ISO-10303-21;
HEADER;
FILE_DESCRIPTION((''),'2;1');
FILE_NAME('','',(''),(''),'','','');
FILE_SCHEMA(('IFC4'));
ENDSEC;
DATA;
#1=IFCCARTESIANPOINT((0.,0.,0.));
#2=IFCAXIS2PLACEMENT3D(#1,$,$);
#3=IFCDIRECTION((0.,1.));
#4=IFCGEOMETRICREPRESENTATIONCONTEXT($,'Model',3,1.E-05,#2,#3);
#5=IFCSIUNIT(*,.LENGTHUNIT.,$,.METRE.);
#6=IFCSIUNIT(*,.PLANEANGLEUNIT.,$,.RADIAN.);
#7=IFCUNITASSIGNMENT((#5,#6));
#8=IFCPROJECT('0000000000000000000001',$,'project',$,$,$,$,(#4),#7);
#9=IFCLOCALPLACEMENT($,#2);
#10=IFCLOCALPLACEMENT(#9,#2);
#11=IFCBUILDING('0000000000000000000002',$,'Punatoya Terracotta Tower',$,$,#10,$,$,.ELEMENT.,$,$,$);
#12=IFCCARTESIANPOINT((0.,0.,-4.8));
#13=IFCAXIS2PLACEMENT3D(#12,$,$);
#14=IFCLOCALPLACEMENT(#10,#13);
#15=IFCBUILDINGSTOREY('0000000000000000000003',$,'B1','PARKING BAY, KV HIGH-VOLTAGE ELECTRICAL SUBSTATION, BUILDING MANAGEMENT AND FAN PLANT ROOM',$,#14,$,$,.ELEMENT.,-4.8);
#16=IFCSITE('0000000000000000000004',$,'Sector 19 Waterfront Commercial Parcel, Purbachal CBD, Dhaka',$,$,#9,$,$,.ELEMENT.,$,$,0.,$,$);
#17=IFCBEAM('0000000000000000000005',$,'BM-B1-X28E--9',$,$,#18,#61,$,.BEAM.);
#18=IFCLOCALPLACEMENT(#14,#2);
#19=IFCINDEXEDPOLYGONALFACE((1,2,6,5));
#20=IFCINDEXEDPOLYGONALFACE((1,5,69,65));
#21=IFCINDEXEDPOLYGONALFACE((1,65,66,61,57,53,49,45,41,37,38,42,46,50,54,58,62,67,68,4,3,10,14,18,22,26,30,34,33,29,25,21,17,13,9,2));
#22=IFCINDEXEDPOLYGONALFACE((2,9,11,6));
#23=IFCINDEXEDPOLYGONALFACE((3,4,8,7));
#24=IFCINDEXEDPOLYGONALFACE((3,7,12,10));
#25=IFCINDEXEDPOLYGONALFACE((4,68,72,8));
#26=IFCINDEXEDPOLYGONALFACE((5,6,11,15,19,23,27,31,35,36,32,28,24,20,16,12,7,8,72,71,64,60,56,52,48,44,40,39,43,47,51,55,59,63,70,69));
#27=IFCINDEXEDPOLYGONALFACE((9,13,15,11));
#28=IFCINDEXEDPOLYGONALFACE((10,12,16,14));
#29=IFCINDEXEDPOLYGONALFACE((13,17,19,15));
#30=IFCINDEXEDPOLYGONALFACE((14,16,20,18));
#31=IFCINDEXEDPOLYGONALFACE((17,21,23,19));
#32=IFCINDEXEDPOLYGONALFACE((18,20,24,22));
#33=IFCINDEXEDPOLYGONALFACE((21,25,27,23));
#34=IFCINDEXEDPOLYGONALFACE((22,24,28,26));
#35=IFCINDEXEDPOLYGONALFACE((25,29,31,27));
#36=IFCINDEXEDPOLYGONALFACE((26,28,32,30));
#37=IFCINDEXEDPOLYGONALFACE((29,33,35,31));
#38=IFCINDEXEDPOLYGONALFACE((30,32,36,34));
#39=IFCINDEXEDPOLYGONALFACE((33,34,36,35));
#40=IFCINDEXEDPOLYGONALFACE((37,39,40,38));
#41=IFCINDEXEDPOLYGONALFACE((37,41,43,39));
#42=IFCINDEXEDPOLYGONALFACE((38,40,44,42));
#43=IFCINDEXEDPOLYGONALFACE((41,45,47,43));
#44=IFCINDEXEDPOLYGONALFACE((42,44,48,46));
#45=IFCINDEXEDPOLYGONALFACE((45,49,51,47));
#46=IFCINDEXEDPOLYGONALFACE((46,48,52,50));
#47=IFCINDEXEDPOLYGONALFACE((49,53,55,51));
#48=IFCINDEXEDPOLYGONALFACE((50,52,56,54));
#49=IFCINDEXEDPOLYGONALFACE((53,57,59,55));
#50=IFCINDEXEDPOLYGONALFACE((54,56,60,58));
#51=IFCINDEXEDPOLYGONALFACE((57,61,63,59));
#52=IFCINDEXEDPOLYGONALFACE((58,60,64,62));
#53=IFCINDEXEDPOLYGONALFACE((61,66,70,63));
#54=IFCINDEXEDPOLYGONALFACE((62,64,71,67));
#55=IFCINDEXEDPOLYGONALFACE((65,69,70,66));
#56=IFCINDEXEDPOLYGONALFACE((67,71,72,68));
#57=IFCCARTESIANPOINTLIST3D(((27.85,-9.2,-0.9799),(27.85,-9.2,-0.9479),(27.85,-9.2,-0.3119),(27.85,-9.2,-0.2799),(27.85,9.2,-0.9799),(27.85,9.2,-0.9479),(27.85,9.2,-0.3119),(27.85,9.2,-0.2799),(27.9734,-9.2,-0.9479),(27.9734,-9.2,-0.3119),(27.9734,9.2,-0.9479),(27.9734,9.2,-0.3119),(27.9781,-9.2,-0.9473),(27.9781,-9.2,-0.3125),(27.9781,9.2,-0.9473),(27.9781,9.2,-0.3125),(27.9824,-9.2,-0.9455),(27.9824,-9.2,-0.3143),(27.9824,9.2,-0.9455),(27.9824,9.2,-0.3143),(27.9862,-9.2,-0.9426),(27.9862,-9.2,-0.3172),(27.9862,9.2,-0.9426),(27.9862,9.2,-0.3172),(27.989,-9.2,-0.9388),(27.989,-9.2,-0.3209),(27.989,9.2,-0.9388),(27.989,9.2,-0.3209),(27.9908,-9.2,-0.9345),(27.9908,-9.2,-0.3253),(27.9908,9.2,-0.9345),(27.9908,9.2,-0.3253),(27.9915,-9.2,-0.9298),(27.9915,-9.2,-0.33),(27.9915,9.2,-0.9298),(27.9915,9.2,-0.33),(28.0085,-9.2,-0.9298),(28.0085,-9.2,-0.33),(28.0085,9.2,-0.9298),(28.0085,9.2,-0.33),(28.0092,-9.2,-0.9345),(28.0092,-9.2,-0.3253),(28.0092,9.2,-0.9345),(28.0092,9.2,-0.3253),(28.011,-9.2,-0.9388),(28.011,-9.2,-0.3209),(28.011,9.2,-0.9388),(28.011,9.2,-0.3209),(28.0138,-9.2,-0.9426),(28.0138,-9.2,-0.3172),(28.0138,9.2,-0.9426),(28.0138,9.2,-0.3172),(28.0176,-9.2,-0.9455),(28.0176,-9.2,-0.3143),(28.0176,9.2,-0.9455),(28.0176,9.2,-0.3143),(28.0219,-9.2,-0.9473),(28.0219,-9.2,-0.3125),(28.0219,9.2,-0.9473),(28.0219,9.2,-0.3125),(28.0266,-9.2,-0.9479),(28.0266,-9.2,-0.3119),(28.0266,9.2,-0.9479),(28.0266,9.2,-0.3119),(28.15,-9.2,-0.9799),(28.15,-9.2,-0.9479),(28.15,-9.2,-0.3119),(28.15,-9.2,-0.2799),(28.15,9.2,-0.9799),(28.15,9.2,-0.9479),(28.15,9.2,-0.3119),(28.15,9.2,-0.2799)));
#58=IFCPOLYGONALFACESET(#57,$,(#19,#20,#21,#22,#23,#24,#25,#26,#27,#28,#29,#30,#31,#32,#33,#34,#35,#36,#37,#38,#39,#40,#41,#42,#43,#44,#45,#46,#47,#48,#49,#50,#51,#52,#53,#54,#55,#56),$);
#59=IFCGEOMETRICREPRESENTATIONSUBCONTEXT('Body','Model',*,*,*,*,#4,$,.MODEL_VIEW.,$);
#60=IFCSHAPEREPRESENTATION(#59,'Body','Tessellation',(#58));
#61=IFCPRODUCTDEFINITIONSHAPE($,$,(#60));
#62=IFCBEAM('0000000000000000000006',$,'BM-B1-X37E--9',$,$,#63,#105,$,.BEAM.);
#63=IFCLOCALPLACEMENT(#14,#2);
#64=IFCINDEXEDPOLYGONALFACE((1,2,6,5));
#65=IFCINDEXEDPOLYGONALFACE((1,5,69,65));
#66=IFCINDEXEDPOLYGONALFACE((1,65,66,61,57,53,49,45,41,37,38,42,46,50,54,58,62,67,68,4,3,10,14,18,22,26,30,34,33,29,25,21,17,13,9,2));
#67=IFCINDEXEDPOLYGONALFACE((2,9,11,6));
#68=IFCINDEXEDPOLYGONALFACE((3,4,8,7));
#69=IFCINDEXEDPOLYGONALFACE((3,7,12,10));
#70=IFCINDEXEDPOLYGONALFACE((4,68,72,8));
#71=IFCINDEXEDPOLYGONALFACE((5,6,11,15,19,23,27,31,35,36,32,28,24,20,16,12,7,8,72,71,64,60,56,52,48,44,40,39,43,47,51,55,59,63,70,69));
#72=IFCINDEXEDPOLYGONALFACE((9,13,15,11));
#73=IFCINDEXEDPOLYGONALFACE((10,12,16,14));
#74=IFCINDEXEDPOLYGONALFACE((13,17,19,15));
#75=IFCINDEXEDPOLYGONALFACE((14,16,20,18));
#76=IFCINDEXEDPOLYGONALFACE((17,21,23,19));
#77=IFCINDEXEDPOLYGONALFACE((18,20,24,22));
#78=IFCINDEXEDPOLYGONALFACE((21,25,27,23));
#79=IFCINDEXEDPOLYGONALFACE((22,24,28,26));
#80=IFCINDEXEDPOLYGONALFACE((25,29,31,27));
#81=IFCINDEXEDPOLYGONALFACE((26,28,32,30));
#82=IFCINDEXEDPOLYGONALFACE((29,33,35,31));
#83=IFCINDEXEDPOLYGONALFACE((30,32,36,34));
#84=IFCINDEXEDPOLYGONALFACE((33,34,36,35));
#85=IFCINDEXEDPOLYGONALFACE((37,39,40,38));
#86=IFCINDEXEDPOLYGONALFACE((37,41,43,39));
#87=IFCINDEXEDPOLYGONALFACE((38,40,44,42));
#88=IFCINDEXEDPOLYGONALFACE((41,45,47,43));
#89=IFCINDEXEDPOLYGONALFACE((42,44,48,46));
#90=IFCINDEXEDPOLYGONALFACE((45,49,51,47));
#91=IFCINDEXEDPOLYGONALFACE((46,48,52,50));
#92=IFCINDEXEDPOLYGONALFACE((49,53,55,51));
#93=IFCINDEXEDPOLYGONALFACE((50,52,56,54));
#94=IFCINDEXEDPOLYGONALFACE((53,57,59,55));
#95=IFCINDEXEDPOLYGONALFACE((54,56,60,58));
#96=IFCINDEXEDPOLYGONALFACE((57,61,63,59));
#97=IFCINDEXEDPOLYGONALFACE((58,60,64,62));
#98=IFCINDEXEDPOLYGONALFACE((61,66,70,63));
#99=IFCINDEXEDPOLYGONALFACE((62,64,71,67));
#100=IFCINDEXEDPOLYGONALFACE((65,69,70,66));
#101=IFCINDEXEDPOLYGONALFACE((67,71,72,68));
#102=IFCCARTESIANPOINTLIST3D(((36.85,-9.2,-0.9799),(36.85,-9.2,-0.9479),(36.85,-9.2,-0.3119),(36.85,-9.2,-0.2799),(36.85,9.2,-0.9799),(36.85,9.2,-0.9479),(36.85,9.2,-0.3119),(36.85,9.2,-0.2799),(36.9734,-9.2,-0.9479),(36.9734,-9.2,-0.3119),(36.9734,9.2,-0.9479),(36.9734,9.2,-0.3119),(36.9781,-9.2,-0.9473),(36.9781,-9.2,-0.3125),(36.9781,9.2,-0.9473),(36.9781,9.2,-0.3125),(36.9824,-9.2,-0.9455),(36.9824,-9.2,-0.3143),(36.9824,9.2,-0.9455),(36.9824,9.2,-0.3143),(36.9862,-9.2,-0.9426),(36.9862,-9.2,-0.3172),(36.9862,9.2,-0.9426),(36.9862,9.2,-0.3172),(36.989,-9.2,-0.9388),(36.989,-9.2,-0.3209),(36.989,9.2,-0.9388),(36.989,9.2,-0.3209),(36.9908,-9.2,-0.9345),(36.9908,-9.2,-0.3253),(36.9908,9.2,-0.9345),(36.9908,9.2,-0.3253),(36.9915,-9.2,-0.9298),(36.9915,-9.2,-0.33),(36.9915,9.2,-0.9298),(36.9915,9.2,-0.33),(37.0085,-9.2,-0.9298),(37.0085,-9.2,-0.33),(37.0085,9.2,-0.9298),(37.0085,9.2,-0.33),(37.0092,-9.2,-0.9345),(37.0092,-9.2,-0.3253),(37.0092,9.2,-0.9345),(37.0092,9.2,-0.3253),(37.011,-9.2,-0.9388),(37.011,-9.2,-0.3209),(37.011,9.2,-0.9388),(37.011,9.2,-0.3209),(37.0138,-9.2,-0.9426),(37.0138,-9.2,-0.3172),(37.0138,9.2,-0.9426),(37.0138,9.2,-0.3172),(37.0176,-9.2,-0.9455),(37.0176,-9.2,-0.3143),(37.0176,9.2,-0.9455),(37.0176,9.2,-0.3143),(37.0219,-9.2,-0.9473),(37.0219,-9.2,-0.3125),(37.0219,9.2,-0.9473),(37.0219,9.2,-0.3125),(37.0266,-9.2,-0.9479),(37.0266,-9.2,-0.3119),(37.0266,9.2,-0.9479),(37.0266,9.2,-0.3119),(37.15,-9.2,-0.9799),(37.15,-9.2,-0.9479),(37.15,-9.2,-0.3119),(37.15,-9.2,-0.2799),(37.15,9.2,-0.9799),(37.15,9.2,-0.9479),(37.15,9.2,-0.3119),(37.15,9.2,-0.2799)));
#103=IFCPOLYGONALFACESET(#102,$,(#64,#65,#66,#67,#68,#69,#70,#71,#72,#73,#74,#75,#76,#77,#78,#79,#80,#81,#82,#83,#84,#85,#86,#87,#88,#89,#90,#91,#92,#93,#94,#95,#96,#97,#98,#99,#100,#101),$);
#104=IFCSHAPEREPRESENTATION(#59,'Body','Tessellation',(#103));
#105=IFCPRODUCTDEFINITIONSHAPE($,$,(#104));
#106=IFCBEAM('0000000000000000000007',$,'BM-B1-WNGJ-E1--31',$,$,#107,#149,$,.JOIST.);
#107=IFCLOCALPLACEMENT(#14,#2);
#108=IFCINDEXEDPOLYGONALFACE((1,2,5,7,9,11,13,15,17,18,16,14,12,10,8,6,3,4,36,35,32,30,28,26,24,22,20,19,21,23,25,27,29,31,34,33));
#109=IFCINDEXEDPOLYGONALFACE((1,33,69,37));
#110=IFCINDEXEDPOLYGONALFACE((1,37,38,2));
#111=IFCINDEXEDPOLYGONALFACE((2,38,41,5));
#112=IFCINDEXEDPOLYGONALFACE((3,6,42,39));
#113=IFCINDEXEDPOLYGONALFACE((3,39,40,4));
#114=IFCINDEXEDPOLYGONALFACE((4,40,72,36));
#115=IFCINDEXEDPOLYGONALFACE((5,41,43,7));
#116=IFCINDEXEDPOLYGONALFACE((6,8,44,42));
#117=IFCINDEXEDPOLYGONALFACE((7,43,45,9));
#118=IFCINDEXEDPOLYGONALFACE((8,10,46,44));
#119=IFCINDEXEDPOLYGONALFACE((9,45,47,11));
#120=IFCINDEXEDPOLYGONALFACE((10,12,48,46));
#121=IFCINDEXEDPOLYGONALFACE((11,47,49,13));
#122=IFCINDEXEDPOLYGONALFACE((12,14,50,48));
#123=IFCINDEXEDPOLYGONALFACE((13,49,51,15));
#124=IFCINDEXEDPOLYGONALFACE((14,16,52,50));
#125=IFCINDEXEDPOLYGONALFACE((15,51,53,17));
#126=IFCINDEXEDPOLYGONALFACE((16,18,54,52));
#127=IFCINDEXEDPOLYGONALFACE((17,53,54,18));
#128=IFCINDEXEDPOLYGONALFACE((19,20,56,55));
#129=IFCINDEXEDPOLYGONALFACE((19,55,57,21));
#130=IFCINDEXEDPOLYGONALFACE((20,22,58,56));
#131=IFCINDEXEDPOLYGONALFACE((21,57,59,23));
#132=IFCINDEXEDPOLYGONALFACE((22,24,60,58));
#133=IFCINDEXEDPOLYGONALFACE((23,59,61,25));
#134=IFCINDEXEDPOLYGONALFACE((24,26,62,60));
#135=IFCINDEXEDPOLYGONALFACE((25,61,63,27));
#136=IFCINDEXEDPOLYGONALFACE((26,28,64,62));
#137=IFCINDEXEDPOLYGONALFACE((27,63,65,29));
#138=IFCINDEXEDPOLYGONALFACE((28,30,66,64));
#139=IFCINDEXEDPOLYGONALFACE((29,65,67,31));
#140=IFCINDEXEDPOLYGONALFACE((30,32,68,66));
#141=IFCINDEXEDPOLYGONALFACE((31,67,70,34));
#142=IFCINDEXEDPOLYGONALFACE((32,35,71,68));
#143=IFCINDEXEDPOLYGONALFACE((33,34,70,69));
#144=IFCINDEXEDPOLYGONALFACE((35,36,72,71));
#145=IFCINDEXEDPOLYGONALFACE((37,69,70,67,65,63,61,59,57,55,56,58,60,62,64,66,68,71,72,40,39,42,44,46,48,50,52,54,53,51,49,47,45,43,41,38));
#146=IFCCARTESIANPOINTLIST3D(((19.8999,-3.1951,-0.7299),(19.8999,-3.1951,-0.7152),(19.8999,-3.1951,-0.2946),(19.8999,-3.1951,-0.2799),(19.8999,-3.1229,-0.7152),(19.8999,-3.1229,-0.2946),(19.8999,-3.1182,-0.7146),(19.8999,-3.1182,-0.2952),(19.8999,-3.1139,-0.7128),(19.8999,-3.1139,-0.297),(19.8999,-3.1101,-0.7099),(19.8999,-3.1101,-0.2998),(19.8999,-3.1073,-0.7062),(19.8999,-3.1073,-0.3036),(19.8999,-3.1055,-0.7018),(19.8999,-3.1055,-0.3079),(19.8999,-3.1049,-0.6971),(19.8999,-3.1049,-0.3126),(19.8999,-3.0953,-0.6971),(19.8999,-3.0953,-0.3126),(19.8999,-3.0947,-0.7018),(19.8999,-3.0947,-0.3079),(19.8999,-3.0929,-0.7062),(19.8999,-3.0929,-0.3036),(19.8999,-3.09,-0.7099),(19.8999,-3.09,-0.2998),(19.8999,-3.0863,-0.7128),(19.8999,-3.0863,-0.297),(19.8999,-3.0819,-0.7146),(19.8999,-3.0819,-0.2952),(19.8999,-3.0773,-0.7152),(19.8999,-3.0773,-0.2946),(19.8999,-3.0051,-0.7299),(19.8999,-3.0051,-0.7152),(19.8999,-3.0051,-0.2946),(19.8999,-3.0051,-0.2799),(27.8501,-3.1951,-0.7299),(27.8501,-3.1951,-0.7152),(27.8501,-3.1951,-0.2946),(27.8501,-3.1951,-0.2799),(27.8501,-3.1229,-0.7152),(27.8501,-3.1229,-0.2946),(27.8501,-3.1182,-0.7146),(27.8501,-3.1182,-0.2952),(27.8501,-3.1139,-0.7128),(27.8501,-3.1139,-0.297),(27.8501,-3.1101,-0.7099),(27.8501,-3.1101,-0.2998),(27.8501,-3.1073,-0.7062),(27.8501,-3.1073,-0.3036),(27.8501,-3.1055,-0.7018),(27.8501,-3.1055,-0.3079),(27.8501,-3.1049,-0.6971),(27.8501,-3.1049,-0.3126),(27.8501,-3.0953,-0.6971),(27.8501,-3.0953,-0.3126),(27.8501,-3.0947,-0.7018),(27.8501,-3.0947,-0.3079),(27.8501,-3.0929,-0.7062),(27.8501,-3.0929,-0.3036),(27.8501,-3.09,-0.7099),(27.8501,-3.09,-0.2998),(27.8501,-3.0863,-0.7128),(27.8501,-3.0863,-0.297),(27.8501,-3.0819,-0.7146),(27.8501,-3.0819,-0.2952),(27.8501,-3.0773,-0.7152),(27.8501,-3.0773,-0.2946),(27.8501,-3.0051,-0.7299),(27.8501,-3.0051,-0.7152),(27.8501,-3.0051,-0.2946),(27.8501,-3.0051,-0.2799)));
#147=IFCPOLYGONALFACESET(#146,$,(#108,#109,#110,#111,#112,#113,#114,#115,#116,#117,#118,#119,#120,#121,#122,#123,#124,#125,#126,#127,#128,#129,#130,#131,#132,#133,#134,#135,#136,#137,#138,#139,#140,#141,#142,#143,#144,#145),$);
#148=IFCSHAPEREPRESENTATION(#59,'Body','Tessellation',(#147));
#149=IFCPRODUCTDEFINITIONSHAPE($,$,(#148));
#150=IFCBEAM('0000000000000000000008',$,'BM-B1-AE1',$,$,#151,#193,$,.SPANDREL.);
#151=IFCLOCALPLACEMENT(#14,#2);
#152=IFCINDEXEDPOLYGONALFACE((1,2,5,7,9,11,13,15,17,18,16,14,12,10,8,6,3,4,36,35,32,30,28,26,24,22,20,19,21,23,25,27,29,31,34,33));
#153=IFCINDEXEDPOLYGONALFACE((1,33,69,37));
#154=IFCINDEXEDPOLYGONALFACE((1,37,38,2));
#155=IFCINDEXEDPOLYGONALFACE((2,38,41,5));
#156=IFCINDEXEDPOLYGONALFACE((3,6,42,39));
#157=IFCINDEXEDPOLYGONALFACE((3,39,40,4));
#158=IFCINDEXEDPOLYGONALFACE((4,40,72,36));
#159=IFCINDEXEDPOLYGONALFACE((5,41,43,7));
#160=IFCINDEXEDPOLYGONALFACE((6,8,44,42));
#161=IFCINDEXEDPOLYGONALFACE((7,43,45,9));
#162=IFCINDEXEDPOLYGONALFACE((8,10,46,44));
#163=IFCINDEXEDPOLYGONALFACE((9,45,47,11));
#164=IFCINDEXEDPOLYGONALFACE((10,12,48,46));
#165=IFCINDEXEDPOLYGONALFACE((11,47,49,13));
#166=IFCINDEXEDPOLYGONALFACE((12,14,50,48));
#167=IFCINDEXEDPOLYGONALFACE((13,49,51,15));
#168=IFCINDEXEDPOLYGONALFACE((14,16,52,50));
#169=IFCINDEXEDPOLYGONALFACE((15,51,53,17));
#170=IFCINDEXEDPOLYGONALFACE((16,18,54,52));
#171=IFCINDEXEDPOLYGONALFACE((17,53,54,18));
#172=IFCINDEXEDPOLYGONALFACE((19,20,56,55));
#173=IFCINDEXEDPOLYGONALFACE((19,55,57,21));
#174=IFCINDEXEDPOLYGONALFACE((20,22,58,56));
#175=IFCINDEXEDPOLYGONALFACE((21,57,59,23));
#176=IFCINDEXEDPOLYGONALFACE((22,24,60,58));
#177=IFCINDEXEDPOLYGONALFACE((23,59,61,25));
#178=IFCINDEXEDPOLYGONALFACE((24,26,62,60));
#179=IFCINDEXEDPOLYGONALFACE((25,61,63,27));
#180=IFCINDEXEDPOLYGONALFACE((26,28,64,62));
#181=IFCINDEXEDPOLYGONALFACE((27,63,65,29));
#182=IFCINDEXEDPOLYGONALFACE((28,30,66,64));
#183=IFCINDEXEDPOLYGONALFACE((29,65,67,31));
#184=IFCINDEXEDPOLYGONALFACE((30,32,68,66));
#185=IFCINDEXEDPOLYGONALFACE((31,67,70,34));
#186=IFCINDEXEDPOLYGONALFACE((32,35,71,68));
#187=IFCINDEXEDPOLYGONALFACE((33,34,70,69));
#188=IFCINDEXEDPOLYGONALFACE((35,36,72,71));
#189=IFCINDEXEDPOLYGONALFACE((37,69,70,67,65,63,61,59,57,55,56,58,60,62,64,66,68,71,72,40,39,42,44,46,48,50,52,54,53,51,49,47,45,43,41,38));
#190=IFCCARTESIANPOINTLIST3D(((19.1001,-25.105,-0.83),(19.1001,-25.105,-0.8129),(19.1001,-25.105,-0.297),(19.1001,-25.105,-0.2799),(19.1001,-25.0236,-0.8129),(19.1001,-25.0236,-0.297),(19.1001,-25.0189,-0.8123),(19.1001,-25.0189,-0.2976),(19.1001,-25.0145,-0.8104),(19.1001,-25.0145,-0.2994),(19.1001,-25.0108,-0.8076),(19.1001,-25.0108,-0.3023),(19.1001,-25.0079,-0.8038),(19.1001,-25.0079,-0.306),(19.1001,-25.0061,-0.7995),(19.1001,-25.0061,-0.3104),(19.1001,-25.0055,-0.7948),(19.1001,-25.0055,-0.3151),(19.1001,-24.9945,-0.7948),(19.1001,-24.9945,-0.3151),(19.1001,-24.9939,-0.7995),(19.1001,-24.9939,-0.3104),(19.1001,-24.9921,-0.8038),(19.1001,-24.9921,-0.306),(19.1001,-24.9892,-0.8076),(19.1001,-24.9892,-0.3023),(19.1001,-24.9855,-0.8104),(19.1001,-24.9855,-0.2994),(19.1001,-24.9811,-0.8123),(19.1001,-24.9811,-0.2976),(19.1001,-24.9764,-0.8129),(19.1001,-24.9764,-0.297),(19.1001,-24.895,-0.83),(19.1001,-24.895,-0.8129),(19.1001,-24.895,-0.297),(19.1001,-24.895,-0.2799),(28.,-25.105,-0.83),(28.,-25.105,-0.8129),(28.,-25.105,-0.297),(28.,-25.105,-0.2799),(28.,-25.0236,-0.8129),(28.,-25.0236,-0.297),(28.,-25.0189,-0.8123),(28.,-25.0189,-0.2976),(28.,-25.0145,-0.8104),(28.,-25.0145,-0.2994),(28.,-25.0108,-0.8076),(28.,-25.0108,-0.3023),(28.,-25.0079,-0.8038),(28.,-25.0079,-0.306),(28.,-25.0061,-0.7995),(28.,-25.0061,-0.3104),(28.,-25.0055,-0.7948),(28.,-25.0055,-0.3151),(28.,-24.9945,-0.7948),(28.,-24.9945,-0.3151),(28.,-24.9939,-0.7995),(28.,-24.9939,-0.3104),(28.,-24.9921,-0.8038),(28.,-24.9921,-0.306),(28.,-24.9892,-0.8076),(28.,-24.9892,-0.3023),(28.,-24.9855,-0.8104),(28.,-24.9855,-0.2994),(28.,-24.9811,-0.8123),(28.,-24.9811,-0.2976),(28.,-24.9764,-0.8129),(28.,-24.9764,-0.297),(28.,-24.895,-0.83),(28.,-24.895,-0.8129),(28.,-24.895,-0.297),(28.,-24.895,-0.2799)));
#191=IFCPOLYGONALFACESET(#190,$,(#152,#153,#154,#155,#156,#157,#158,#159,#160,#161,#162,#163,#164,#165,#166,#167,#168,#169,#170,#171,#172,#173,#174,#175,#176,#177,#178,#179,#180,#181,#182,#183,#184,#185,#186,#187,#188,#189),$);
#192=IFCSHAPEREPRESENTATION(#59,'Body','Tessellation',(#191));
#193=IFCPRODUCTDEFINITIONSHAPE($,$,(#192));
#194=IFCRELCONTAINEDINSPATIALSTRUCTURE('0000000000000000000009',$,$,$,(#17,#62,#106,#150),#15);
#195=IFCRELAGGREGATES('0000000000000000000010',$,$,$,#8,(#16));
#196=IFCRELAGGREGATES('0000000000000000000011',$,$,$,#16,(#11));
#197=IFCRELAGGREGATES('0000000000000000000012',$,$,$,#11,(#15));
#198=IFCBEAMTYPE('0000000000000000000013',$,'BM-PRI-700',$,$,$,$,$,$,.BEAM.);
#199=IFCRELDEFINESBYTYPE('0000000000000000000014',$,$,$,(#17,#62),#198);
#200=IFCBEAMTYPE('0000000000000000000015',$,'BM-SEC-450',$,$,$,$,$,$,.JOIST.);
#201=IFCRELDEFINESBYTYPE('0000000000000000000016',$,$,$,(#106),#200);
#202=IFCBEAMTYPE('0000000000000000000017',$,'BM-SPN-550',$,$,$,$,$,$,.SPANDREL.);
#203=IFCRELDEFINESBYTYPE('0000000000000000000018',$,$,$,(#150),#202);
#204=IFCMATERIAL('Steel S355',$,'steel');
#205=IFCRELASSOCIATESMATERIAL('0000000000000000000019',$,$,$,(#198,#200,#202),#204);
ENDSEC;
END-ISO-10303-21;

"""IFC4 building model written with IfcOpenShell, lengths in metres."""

from ifc_helpers import new_model, si_unit, direction, frame, origin, origin_2d, place, context, subcontext, project, spatial, i_section, extrude, material, material_profile, profile_set, type_object, element, save


model = new_model("IFC4")

# Units and contexts
model_context = context("Model", 3, precision=1e-05, world=origin(), true_north=direction((0.0, 1.0)))
body_context = subcontext(model_context, "Body", "Model", "MODEL_VIEW")
ifc_project = project(units=[si_unit("LENGTHUNIT", "METRE"), si_unit("PLANEANGLEUNIT", "RADIAN")], contexts=[model_context])

# Site, building, storey
site_placement = place(None, origin())
site = spatial("IfcSite", under=ifc_project, at=site_placement, Name="Sector 19 Waterfront Commercial Parcel, Purbachal CBD, Dhaka", CompositionType="ELEMENT", RefElevation=0.0)
building_placement = place(site_placement, origin())
building = spatial("IfcBuilding", under=site, at=building_placement, Name="Punatoya Terracotta Tower", CompositionType="ELEMENT")
storey_placement = place(building_placement, frame((0.0, 0.0, -4.8)))
storey = spatial("IfcBuildingStorey", under=building, at=storey_placement, Name="B1", Description="PARKING BAY, KV HIGH-VOLTAGE ELECTRICAL SUBSTATION, BUILDING MANAGEMENT AND FAN PLANT ROOM", CompositionType="ELEMENT", Elevation=-4.8)

# Beams
ifc_material_1 = material(Name="Steel S355", Category="steel")
ifc_material_profile_1 = material_profile(ifc_material_1, i_section(OverallWidth=0.3, OverallDepth=0.7, WebThickness=0.0171, FlangeThickness=0.032, FilletRadius=0.0181, at=origin_2d()))
ifc_profile_set_1 = profile_set([ifc_material_profile_1], Name="Steel S355")
beam_type_1 = type_object("IfcBeamType", Name="BM-PRI-700", PredefinedType="BEAM", material=ifc_profile_set_1)
for number, where, z_axis, x_axis, name in (
    (1, (28.0, -9.2, -0.6299), (0.0, 1.0, 0.0), (-1.0, 0.0, 0.0), "BM-B1-X28E--9"),
    (2, (37.0, -9.2, -0.6299), (0.0, 1.0, 0.0), (-1.0, 0.0, 0.0), "BM-B1-X37E--9"),
):
    element("IfcBeam", number, at=place(storey_placement, frame(where, z_axis=z_axis, x_axis=x_axis)), inside=storey, type_object=beam_type_1, Name=name, PredefinedType="BEAM", context=body_context, shape_type="SweptSolid", body=[
        extrude(i_section(OverallWidth=0.3, OverallDepth=0.7, WebThickness=0.0171, FlangeThickness=0.032, FilletRadius=0.0181, at=origin_2d()), origin(), (0.0, 0.0, 1.0), 18.3999),
    ])
ifc_material_profile_2 = material_profile(ifc_material_1, i_section(OverallWidth=0.1899, OverallDepth=0.45, WebThickness=0.0095, FlangeThickness=0.0146, FilletRadius=0.0181, at=origin_2d()))
ifc_profile_set_2 = profile_set([ifc_material_profile_2], Name="Steel S355")
beam_type_2 = type_object("IfcBeamType", Name="BM-SEC-450", PredefinedType="JOIST", material=ifc_profile_set_2)
beam_1_placement = place(storey_placement, frame((19.8999, -3.1001, -0.5049), z_axis=(1.0, 0.0, 0.0), x_axis=(0.0, 1.0, 0.0)))
element("IfcBeam", 3, at=beam_1_placement, inside=storey, type_object=beam_type_2, Name="BM-B1-WNGJ-E1--31", PredefinedType="JOIST", context=body_context, shape_type="SweptSolid", body=[
    extrude(i_section(OverallWidth=0.1899, OverallDepth=0.45, WebThickness=0.0095, FlangeThickness=0.0146, FilletRadius=0.0181, at=origin_2d()), origin(), (0.0, 0.0, 1.0), 7.9502),
])
ifc_material_profile_3 = material_profile(ifc_material_1, i_section(OverallWidth=0.21, OverallDepth=0.55, WebThickness=0.011, FlangeThickness=0.0171, FilletRadius=0.0181, at=origin_2d()))
ifc_profile_set_3 = profile_set([ifc_material_profile_3], Name="Steel S355")
beam_type_3 = type_object("IfcBeamType", Name="BM-SPN-550", PredefinedType="SPANDREL", material=ifc_profile_set_3)
beam_2_placement = place(storey_placement, frame((19.1001, -25.0, -0.5549), z_axis=(1.0, 0.0, 0.0), x_axis=(0.0, 1.0, 0.0)))
element("IfcBeam", 4, at=beam_2_placement, inside=storey, type_object=beam_type_3, Name="BM-B1-AE1", PredefinedType="SPANDREL", context=body_context, shape_type="SweptSolid", body=[
    extrude(i_section(OverallWidth=0.21, OverallDepth=0.55, WebThickness=0.011, FlangeThickness=0.0171, FilletRadius=0.0181, at=origin_2d()), origin(), (0.0, 0.0, 1.0), 8.8999),
])

save(model, "model.ifc")
